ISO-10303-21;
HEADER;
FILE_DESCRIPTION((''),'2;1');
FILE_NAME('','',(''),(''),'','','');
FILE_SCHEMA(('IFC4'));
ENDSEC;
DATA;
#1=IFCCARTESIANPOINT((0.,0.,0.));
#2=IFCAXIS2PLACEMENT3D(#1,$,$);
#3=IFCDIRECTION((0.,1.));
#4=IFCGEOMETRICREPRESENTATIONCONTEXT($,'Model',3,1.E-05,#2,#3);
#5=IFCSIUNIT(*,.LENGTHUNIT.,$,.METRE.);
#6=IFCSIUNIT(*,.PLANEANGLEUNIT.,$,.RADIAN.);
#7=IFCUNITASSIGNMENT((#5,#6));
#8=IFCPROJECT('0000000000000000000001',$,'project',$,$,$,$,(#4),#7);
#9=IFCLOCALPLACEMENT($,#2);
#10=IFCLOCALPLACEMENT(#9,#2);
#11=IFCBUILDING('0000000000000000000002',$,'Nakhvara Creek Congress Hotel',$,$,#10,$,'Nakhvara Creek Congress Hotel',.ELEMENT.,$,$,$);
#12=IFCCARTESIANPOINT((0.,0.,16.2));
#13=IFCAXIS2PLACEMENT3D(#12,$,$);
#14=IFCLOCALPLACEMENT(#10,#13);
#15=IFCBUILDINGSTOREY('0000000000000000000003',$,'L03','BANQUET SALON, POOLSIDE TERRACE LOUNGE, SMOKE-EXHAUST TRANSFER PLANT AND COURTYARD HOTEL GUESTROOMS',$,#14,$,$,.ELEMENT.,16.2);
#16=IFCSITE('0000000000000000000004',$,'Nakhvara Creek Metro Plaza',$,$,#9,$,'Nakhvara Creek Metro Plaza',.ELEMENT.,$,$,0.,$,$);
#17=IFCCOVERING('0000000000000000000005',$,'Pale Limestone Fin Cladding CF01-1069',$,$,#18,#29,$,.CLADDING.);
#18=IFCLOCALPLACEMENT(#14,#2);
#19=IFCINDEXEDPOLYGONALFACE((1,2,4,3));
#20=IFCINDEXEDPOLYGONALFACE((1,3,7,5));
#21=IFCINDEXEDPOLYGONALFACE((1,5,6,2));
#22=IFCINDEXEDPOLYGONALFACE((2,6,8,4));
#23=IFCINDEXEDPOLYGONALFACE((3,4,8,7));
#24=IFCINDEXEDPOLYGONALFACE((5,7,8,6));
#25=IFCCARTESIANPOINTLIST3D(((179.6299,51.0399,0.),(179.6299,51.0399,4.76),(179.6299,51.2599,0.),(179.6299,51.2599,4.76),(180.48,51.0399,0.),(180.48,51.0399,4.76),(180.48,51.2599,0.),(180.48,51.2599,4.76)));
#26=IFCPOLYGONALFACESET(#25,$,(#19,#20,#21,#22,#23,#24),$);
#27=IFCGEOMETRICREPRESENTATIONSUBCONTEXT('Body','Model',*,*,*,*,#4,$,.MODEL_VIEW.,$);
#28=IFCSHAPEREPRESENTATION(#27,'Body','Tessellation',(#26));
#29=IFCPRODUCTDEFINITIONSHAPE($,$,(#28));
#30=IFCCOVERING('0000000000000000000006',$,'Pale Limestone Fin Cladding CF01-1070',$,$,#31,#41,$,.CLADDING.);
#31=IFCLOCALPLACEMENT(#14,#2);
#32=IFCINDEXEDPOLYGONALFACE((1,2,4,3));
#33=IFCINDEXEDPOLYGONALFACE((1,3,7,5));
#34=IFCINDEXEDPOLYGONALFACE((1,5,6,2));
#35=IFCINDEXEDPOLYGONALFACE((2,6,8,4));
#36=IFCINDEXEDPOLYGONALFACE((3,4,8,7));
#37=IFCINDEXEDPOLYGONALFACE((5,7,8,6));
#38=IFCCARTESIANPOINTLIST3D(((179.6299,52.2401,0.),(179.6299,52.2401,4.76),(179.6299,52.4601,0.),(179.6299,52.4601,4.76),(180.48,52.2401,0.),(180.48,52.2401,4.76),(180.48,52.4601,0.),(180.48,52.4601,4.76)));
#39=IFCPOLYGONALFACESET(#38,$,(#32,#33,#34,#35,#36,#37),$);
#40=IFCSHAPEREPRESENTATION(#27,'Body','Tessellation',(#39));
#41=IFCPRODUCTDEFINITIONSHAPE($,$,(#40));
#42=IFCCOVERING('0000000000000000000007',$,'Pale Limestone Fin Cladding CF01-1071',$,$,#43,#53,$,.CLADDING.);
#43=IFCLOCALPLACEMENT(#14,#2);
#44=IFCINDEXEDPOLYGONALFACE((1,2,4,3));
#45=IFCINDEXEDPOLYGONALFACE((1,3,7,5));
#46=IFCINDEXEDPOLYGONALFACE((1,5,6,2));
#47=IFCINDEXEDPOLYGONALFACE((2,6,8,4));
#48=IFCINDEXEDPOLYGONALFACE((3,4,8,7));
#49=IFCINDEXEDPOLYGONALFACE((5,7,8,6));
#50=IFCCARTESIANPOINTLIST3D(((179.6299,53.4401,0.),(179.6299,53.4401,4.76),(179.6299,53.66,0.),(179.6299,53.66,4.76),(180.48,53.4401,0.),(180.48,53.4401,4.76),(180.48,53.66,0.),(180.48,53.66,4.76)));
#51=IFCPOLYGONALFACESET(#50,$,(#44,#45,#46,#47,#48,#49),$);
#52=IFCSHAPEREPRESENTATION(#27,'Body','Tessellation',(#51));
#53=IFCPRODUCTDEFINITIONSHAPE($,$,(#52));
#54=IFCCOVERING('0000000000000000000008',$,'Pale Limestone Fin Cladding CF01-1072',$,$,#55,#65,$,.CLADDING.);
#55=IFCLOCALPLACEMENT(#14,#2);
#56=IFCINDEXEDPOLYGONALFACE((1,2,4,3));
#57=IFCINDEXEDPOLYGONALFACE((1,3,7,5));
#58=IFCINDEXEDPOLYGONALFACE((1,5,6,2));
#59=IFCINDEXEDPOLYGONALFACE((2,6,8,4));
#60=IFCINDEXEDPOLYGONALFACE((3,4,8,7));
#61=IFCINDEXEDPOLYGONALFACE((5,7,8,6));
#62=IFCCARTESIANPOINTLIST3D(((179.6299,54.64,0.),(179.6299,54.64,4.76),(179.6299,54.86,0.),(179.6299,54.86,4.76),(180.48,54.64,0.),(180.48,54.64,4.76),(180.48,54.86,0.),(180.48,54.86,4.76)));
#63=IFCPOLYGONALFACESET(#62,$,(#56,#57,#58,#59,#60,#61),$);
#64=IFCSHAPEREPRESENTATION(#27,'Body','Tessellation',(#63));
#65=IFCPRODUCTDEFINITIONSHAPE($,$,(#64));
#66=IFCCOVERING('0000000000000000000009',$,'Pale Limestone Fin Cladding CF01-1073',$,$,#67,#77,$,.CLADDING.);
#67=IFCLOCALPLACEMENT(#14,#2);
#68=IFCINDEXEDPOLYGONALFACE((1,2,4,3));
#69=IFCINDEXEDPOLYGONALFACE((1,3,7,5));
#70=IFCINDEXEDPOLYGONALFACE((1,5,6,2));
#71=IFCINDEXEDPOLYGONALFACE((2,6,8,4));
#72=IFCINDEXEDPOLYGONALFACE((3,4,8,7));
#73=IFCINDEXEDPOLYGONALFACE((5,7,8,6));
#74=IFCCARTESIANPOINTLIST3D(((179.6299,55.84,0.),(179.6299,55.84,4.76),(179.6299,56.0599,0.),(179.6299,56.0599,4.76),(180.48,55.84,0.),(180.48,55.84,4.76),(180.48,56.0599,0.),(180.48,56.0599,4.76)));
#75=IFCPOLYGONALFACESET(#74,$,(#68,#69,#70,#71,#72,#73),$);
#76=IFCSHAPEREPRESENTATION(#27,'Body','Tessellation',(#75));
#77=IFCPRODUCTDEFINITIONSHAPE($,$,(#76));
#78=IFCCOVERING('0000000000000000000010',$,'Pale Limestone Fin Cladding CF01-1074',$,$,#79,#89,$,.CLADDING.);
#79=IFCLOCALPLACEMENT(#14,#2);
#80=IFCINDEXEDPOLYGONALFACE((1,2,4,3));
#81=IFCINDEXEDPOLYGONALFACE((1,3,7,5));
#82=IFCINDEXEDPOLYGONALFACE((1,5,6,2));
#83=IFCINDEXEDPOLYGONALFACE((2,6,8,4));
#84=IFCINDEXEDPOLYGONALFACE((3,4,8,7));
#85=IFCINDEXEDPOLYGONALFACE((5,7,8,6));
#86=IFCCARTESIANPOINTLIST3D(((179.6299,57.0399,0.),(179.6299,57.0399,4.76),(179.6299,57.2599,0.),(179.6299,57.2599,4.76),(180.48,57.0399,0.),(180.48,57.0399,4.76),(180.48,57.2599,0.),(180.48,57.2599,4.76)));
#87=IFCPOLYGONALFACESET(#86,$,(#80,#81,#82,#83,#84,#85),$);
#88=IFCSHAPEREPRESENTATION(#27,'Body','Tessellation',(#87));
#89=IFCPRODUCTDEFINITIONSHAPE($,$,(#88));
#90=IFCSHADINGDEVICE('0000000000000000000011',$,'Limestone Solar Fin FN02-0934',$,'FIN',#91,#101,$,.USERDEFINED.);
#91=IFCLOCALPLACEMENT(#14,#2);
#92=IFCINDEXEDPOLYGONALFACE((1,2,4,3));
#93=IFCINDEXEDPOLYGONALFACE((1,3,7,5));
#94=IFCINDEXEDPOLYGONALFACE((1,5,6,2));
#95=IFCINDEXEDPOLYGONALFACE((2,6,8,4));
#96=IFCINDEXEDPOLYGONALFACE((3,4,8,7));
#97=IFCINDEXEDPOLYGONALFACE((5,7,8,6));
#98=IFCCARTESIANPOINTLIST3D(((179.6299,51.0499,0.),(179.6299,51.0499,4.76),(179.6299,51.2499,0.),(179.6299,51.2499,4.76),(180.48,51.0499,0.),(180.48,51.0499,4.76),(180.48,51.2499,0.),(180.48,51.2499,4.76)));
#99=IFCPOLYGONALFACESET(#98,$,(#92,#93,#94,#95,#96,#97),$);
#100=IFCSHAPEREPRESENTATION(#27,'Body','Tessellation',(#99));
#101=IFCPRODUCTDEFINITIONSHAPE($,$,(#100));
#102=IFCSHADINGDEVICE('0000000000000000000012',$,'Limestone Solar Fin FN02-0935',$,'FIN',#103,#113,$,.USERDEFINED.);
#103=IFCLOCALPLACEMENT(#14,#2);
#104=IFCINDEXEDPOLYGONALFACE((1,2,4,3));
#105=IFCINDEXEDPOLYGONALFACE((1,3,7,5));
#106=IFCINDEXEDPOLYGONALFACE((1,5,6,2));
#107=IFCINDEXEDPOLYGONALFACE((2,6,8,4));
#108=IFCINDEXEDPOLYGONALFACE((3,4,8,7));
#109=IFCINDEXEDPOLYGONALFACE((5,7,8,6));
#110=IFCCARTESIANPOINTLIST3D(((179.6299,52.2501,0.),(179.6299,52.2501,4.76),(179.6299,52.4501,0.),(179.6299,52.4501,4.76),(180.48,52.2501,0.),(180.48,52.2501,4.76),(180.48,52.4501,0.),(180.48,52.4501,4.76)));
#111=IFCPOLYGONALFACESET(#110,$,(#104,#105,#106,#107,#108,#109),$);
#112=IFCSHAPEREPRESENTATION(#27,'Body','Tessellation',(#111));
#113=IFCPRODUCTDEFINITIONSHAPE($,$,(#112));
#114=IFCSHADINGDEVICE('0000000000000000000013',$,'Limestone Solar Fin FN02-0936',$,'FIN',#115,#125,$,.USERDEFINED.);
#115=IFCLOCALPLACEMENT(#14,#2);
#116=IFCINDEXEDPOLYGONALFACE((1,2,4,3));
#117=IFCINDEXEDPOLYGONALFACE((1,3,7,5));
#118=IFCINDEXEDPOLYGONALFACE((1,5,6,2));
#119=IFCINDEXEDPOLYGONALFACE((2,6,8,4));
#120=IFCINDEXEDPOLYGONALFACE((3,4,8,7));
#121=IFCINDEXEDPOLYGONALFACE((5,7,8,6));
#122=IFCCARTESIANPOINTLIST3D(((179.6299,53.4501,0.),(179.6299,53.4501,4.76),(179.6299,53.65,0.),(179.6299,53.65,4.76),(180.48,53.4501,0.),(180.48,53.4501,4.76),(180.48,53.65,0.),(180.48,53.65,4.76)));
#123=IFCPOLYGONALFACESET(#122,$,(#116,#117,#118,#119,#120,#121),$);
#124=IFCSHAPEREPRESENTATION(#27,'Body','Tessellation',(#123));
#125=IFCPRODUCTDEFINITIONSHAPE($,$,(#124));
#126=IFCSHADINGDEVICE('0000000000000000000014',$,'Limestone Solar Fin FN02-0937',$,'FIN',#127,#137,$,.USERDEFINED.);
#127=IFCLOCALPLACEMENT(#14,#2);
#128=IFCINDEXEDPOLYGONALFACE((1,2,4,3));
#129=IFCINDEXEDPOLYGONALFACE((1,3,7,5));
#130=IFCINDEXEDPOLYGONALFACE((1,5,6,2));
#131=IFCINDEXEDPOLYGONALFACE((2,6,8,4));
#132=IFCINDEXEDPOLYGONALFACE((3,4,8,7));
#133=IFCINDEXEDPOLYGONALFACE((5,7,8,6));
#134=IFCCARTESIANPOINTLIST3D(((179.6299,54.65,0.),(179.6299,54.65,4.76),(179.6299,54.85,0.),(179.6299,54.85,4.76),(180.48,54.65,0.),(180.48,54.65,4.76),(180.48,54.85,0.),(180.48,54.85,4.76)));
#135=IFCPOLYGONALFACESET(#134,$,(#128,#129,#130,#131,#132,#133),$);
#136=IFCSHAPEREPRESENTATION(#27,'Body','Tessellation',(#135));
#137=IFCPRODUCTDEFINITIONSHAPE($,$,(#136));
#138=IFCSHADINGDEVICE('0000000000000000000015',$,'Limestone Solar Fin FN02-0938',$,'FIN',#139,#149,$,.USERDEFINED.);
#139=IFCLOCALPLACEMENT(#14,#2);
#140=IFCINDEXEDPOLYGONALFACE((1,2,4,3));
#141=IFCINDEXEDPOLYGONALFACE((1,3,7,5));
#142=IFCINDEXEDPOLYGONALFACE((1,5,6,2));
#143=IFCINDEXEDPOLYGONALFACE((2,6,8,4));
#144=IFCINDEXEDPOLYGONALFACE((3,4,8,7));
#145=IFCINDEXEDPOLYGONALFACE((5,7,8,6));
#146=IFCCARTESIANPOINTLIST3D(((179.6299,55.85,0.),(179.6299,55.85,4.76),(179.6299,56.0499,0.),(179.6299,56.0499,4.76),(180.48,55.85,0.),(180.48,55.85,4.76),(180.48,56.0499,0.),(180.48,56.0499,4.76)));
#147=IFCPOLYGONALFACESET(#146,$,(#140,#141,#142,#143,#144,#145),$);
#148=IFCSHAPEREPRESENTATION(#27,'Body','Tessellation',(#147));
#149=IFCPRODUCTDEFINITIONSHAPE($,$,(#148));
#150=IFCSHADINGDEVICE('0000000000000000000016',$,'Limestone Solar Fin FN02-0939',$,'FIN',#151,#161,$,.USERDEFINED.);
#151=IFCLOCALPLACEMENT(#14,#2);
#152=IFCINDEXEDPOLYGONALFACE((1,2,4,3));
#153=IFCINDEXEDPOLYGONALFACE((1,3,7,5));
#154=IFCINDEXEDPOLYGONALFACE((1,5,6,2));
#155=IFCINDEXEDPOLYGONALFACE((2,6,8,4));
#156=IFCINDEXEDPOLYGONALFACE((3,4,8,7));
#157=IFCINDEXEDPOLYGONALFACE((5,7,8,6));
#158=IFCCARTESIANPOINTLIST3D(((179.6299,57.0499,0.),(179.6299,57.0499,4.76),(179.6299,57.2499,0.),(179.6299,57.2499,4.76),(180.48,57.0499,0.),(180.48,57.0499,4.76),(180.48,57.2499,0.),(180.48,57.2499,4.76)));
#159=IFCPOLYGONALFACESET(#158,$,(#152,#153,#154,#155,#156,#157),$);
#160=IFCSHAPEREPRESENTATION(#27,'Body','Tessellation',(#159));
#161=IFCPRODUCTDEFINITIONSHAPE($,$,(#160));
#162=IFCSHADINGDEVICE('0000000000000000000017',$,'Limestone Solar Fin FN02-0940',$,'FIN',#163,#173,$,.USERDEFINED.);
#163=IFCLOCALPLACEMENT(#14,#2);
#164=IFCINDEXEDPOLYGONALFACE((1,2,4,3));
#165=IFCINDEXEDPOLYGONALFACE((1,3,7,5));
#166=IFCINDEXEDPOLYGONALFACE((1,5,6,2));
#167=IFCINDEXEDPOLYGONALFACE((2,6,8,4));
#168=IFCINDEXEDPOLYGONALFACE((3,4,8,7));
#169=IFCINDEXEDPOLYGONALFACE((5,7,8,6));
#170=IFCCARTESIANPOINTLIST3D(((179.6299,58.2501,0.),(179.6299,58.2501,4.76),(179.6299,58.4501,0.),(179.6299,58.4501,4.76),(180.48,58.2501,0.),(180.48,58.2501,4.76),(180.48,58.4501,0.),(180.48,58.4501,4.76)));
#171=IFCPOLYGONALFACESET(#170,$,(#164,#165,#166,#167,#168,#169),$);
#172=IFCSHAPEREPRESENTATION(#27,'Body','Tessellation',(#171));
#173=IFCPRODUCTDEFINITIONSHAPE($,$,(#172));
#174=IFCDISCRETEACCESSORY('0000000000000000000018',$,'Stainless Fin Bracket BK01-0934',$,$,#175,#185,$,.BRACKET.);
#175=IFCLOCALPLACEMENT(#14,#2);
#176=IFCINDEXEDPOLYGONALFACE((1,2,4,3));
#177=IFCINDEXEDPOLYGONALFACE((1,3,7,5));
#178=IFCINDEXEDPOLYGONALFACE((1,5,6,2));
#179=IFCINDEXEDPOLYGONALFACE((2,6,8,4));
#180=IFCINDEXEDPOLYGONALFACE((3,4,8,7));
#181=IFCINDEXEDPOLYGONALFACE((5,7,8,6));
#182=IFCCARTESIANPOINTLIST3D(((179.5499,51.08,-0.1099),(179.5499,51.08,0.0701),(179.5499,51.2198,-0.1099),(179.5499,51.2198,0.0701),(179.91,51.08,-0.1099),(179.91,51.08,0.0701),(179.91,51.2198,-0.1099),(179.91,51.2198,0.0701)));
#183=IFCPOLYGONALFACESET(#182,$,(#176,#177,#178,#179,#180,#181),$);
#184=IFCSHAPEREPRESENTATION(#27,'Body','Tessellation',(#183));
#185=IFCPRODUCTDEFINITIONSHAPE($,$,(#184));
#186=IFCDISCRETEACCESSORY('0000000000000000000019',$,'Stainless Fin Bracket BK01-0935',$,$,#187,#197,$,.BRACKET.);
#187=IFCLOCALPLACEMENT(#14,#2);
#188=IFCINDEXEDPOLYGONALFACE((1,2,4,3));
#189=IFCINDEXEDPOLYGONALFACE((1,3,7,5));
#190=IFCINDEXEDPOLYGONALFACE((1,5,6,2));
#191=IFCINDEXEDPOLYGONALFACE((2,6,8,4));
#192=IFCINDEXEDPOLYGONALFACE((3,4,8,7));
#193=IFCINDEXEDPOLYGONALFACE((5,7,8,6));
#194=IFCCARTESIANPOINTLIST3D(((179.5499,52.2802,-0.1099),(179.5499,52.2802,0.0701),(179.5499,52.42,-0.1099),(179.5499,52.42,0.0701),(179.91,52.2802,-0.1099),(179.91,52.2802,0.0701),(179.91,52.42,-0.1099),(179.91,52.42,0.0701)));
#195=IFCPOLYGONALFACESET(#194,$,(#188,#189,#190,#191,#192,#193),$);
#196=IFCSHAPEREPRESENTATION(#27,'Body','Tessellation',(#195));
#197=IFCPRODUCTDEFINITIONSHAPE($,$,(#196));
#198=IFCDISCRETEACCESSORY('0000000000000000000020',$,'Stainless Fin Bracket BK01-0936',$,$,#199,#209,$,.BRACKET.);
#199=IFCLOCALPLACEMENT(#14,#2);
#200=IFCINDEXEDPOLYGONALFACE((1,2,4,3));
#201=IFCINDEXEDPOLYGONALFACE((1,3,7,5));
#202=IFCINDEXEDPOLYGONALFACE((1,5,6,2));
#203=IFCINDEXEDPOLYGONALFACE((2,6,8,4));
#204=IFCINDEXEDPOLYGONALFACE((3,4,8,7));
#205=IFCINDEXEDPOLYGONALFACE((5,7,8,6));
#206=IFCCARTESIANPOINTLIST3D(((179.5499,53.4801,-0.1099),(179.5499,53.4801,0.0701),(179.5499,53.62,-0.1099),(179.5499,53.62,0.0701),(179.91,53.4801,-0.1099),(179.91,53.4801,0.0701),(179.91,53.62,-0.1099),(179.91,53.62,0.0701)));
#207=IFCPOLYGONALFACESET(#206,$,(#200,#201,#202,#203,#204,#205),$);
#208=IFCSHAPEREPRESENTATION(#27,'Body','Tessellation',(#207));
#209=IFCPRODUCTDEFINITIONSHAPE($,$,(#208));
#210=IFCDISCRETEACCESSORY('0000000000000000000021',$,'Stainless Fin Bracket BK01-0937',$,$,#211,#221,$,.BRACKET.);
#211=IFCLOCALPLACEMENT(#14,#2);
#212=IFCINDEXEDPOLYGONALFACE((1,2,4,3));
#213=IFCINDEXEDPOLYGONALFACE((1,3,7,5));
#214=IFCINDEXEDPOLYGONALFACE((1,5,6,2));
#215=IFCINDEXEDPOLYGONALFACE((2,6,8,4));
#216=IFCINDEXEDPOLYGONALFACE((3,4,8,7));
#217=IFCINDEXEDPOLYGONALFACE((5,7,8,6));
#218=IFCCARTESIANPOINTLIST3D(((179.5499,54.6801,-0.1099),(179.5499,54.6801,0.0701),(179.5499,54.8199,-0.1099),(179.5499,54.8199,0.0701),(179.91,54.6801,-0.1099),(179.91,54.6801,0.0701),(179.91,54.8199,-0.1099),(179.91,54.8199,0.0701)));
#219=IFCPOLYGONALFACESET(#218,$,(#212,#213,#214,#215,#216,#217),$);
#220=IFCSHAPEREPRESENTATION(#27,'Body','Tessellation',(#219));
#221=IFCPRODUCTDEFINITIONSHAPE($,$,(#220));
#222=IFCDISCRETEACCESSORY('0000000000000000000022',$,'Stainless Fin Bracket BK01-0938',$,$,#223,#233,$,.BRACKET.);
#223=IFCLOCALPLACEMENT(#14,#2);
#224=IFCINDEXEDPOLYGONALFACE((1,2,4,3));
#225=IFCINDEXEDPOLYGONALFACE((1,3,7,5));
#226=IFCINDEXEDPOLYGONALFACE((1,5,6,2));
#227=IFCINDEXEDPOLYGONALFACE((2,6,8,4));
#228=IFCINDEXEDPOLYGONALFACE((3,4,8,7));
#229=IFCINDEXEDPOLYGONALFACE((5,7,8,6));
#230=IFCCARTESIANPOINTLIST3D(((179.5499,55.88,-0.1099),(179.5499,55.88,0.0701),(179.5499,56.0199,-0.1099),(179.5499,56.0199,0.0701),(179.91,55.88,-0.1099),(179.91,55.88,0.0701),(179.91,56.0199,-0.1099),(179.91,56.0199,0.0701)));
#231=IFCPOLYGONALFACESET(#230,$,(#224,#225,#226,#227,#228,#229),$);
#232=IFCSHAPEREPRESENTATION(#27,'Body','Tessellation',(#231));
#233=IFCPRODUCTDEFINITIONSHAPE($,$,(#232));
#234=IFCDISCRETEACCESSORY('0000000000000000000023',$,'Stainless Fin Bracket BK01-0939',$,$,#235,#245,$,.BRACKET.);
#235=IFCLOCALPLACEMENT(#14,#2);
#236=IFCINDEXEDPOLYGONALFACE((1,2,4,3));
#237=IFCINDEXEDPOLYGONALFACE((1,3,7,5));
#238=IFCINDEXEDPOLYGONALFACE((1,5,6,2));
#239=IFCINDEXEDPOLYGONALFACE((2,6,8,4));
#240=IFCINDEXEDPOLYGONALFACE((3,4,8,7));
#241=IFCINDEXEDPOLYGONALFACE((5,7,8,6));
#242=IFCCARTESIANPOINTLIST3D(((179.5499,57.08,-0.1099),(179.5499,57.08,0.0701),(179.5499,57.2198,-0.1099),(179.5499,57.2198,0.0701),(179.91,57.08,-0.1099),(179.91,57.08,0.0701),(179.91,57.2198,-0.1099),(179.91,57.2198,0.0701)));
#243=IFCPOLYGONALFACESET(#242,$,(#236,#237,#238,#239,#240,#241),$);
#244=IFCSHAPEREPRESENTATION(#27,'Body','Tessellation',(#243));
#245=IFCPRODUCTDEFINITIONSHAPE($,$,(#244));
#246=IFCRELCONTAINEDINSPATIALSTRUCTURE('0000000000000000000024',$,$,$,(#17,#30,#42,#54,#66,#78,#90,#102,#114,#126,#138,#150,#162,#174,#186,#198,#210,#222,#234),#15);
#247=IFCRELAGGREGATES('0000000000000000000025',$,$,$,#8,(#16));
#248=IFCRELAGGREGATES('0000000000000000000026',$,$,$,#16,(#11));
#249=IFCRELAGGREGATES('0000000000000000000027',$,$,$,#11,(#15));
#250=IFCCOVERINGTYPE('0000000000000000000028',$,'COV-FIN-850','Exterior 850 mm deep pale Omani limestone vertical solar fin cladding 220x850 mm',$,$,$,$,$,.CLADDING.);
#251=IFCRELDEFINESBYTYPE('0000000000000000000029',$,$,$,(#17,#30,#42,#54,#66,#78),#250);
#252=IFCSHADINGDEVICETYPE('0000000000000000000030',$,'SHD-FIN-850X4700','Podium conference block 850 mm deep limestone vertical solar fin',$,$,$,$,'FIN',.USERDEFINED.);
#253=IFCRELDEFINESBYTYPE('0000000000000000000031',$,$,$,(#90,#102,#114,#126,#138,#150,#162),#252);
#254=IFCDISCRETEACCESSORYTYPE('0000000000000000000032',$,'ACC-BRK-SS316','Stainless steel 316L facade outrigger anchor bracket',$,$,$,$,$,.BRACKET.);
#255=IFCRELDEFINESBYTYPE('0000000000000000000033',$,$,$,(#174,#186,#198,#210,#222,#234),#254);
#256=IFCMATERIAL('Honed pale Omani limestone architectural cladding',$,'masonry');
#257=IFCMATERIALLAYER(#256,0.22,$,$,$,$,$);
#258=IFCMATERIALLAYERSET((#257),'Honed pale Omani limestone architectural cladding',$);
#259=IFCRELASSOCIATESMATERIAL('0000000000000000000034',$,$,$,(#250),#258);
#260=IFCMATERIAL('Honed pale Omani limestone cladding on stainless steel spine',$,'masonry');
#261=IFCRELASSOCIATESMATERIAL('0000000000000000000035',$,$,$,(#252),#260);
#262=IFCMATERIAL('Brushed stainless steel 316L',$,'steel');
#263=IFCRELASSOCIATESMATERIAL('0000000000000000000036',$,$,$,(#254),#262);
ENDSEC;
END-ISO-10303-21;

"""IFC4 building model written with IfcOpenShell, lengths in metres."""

from ifc_helpers import new_model, si_unit, direction, frame, origin, origin_2d, place, context, subcontext, project, spatial, rectangle, extrude, material, layer, layer_set, type_object, element, save


model = new_model("IFC4")

# Units and contexts
model_context = context("Model", 3, precision=1e-05, world=origin(), true_north=direction((0.0, 1.0)))
body_context = subcontext(model_context, "Body", "Model", "MODEL_VIEW")
ifc_project = project(units=[si_unit("LENGTHUNIT", "METRE"), si_unit("PLANEANGLEUNIT", "RADIAN")], contexts=[model_context])

# Site, building, storey
site_placement = place(None, origin())
site = spatial("IfcSite", under=ifc_project, at=site_placement, Name="Nakhvara Creek Metro Plaza", LongName="Nakhvara Creek Metro Plaza", CompositionType="ELEMENT", RefElevation=0.0)
building_placement = place(site_placement, origin())
building = spatial("IfcBuilding", under=site, at=building_placement, Name="Nakhvara Creek Congress Hotel", LongName="Nakhvara Creek Congress Hotel", CompositionType="ELEMENT")
storey_placement = place(building_placement, frame((0.0, 0.0, 16.2)))
storey = spatial("IfcBuildingStorey", under=building, at=storey_placement, Name="L03", Description="BANQUET SALON, POOLSIDE TERRACE LOUNGE, SMOKE-EXHAUST TRANSFER PLANT AND COURTYARD HOTEL GUESTROOMS", CompositionType="ELEMENT", Elevation=16.2)

# Coverings
ifc_material_1 = material(Name="Honed pale Omani limestone architectural cladding", Category="masonry")
ifc_layer = layer(ifc_material_1, 0.22)
ifc_layer_set = layer_set([ifc_layer], Name="Honed pale Omani limestone architectural cladding")
covering_type = type_object("IfcCoveringType", Name="COV-FIN-850", Description="Exterior 850 mm deep pale Omani limestone vertical solar fin cladding 220x850 mm", PredefinedType="CLADDING", material=ifc_layer_set)
for number, where, z_axis, x_axis, name in (
    (1, (180.0549, 51.1499, 0.0), (0.0, 0.0, 1.0), (0.0, 1.0, 0.0), "Pale Limestone Fin Cladding CF01-1069"),
    (2, (180.0549, 52.3501, 0.0), (0.0, 0.0, 1.0), (0.0, 1.0, 0.0), "Pale Limestone Fin Cladding CF01-1070"),
    (3, (180.0549, 53.55, 0.0), (0.0, 0.0, 1.0), (0.0, 1.0, 0.0), "Pale Limestone Fin Cladding CF01-1071"),
    (4, (180.0549, 54.75, 0.0), (0.0, 0.0, 1.0), (0.0, 1.0, 0.0), "Pale Limestone Fin Cladding CF01-1072"),
    (5, (180.0549, 55.95, 0.0), (0.0, 0.0, 1.0), (0.0, 1.0, 0.0), "Pale Limestone Fin Cladding CF01-1073"),
    (6, (180.0549, 57.1499, 0.0), (0.0, 0.0, 1.0), (0.0, 1.0, 0.0), "Pale Limestone Fin Cladding CF01-1074"),
):
    element("IfcCovering", number, at=place(storey_placement, frame(where, z_axis=z_axis, x_axis=x_axis)), inside=storey, type_object=covering_type, Name=name, PredefinedType="CLADDING", context=body_context, shape_type="SweptSolid", body=[
        extrude(rectangle(XDim=0.22, YDim=0.8501, at=origin_2d()), origin(), (0.0, 0.0, 1.0), 4.76),
    ])

# Shading devices
ifc_material_2 = material(Name="Honed pale Omani limestone cladding on stainless steel spine", Category="masonry")
shading_device_type = type_object("IfcShadingDeviceType", Name="SHD-FIN-850X4700", Description="Podium conference block 850 mm deep limestone vertical solar fin", ElementType="FIN", PredefinedType="USERDEFINED", material=ifc_material_2)
for number, where, z_axis, x_axis, name in (
    (7, (180.0549, 51.1499, 0.0), (0.0, 0.0, 1.0), (0.0, 1.0, 0.0), "Limestone Solar Fin FN02-0934"),
    (8, (180.0549, 52.3501, 0.0), (0.0, 0.0, 1.0), (0.0, 1.0, 0.0), "Limestone Solar Fin FN02-0935"),
    (9, (180.0549, 53.55, 0.0), (0.0, 0.0, 1.0), (0.0, 1.0, 0.0), "Limestone Solar Fin FN02-0936"),
    (10, (180.0549, 54.75, 0.0), (0.0, 0.0, 1.0), (0.0, 1.0, 0.0), "Limestone Solar Fin FN02-0937"),
    (11, (180.0549, 55.95, 0.0), (0.0, 0.0, 1.0), (0.0, 1.0, 0.0), "Limestone Solar Fin FN02-0938"),
    (12, (180.0549, 57.1499, 0.0), (0.0, 0.0, 1.0), (0.0, 1.0, 0.0), "Limestone Solar Fin FN02-0939"),
    (13, (180.0549, 58.3501, 0.0), (0.0, 0.0, 1.0), (0.0, 1.0, 0.0), "Limestone Solar Fin FN02-0940"),
):
    element("IfcShadingDevice", number, at=place(storey_placement, frame(where, z_axis=z_axis, x_axis=x_axis)), inside=storey, type_object=shading_device_type, Name=name, ObjectType="FIN", PredefinedType="USERDEFINED", context=body_context, shape_type="SweptSolid", body=[
        extrude(rectangle(XDim=0.2, YDim=0.8501, at=origin_2d()), origin(), (0.0, 0.0, 1.0), 4.76),
    ])

# Discrete accessories
ifc_material_3 = material(Name="Brushed stainless steel 316L", Category="steel")
discrete_accessory_type = type_object("IfcDiscreteAccessoryType", Name="ACC-BRK-SS316", Description="Stainless steel 316L facade outrigger anchor bracket", PredefinedType="BRACKET", material=ifc_material_3)
for number, where, z_axis, x_axis, name in (
    (14, (179.73, 51.1499, -0.1099), (0.0, 0.0, 1.0), (0.0, 1.0, 0.0), "Stainless Fin Bracket BK01-0934"),
    (15, (179.73, 52.3501, -0.1099), (0.0, 0.0, 1.0), (0.0, 1.0, 0.0), "Stainless Fin Bracket BK01-0935"),
    (16, (179.73, 53.55, -0.1099), (0.0, 0.0, 1.0), (0.0, 1.0, 0.0), "Stainless Fin Bracket BK01-0936"),
    (17, (179.73, 54.75, -0.1099), (0.0, 0.0, 1.0), (0.0, 1.0, 0.0), "Stainless Fin Bracket BK01-0937"),
    (18, (179.73, 55.95, -0.1099), (0.0, 0.0, 1.0), (0.0, 1.0, 0.0), "Stainless Fin Bracket BK01-0938"),
    (19, (179.73, 57.1499, -0.1099), (0.0, 0.0, 1.0), (0.0, 1.0, 0.0), "Stainless Fin Bracket BK01-0939"),
):
    element("IfcDiscreteAccessory", number, at=place(storey_placement, frame(where, z_axis=z_axis, x_axis=x_axis)), inside=storey, type_object=discrete_accessory_type, Name=name, PredefinedType="BRACKET", context=body_context, shape_type="SweptSolid", body=[
        extrude(rectangle(XDim=0.1399, YDim=0.3601, at=origin_2d()), origin(), (0.0, 0.0, 1.0), 0.1799),
    ])

save(model, "model.ifc")
